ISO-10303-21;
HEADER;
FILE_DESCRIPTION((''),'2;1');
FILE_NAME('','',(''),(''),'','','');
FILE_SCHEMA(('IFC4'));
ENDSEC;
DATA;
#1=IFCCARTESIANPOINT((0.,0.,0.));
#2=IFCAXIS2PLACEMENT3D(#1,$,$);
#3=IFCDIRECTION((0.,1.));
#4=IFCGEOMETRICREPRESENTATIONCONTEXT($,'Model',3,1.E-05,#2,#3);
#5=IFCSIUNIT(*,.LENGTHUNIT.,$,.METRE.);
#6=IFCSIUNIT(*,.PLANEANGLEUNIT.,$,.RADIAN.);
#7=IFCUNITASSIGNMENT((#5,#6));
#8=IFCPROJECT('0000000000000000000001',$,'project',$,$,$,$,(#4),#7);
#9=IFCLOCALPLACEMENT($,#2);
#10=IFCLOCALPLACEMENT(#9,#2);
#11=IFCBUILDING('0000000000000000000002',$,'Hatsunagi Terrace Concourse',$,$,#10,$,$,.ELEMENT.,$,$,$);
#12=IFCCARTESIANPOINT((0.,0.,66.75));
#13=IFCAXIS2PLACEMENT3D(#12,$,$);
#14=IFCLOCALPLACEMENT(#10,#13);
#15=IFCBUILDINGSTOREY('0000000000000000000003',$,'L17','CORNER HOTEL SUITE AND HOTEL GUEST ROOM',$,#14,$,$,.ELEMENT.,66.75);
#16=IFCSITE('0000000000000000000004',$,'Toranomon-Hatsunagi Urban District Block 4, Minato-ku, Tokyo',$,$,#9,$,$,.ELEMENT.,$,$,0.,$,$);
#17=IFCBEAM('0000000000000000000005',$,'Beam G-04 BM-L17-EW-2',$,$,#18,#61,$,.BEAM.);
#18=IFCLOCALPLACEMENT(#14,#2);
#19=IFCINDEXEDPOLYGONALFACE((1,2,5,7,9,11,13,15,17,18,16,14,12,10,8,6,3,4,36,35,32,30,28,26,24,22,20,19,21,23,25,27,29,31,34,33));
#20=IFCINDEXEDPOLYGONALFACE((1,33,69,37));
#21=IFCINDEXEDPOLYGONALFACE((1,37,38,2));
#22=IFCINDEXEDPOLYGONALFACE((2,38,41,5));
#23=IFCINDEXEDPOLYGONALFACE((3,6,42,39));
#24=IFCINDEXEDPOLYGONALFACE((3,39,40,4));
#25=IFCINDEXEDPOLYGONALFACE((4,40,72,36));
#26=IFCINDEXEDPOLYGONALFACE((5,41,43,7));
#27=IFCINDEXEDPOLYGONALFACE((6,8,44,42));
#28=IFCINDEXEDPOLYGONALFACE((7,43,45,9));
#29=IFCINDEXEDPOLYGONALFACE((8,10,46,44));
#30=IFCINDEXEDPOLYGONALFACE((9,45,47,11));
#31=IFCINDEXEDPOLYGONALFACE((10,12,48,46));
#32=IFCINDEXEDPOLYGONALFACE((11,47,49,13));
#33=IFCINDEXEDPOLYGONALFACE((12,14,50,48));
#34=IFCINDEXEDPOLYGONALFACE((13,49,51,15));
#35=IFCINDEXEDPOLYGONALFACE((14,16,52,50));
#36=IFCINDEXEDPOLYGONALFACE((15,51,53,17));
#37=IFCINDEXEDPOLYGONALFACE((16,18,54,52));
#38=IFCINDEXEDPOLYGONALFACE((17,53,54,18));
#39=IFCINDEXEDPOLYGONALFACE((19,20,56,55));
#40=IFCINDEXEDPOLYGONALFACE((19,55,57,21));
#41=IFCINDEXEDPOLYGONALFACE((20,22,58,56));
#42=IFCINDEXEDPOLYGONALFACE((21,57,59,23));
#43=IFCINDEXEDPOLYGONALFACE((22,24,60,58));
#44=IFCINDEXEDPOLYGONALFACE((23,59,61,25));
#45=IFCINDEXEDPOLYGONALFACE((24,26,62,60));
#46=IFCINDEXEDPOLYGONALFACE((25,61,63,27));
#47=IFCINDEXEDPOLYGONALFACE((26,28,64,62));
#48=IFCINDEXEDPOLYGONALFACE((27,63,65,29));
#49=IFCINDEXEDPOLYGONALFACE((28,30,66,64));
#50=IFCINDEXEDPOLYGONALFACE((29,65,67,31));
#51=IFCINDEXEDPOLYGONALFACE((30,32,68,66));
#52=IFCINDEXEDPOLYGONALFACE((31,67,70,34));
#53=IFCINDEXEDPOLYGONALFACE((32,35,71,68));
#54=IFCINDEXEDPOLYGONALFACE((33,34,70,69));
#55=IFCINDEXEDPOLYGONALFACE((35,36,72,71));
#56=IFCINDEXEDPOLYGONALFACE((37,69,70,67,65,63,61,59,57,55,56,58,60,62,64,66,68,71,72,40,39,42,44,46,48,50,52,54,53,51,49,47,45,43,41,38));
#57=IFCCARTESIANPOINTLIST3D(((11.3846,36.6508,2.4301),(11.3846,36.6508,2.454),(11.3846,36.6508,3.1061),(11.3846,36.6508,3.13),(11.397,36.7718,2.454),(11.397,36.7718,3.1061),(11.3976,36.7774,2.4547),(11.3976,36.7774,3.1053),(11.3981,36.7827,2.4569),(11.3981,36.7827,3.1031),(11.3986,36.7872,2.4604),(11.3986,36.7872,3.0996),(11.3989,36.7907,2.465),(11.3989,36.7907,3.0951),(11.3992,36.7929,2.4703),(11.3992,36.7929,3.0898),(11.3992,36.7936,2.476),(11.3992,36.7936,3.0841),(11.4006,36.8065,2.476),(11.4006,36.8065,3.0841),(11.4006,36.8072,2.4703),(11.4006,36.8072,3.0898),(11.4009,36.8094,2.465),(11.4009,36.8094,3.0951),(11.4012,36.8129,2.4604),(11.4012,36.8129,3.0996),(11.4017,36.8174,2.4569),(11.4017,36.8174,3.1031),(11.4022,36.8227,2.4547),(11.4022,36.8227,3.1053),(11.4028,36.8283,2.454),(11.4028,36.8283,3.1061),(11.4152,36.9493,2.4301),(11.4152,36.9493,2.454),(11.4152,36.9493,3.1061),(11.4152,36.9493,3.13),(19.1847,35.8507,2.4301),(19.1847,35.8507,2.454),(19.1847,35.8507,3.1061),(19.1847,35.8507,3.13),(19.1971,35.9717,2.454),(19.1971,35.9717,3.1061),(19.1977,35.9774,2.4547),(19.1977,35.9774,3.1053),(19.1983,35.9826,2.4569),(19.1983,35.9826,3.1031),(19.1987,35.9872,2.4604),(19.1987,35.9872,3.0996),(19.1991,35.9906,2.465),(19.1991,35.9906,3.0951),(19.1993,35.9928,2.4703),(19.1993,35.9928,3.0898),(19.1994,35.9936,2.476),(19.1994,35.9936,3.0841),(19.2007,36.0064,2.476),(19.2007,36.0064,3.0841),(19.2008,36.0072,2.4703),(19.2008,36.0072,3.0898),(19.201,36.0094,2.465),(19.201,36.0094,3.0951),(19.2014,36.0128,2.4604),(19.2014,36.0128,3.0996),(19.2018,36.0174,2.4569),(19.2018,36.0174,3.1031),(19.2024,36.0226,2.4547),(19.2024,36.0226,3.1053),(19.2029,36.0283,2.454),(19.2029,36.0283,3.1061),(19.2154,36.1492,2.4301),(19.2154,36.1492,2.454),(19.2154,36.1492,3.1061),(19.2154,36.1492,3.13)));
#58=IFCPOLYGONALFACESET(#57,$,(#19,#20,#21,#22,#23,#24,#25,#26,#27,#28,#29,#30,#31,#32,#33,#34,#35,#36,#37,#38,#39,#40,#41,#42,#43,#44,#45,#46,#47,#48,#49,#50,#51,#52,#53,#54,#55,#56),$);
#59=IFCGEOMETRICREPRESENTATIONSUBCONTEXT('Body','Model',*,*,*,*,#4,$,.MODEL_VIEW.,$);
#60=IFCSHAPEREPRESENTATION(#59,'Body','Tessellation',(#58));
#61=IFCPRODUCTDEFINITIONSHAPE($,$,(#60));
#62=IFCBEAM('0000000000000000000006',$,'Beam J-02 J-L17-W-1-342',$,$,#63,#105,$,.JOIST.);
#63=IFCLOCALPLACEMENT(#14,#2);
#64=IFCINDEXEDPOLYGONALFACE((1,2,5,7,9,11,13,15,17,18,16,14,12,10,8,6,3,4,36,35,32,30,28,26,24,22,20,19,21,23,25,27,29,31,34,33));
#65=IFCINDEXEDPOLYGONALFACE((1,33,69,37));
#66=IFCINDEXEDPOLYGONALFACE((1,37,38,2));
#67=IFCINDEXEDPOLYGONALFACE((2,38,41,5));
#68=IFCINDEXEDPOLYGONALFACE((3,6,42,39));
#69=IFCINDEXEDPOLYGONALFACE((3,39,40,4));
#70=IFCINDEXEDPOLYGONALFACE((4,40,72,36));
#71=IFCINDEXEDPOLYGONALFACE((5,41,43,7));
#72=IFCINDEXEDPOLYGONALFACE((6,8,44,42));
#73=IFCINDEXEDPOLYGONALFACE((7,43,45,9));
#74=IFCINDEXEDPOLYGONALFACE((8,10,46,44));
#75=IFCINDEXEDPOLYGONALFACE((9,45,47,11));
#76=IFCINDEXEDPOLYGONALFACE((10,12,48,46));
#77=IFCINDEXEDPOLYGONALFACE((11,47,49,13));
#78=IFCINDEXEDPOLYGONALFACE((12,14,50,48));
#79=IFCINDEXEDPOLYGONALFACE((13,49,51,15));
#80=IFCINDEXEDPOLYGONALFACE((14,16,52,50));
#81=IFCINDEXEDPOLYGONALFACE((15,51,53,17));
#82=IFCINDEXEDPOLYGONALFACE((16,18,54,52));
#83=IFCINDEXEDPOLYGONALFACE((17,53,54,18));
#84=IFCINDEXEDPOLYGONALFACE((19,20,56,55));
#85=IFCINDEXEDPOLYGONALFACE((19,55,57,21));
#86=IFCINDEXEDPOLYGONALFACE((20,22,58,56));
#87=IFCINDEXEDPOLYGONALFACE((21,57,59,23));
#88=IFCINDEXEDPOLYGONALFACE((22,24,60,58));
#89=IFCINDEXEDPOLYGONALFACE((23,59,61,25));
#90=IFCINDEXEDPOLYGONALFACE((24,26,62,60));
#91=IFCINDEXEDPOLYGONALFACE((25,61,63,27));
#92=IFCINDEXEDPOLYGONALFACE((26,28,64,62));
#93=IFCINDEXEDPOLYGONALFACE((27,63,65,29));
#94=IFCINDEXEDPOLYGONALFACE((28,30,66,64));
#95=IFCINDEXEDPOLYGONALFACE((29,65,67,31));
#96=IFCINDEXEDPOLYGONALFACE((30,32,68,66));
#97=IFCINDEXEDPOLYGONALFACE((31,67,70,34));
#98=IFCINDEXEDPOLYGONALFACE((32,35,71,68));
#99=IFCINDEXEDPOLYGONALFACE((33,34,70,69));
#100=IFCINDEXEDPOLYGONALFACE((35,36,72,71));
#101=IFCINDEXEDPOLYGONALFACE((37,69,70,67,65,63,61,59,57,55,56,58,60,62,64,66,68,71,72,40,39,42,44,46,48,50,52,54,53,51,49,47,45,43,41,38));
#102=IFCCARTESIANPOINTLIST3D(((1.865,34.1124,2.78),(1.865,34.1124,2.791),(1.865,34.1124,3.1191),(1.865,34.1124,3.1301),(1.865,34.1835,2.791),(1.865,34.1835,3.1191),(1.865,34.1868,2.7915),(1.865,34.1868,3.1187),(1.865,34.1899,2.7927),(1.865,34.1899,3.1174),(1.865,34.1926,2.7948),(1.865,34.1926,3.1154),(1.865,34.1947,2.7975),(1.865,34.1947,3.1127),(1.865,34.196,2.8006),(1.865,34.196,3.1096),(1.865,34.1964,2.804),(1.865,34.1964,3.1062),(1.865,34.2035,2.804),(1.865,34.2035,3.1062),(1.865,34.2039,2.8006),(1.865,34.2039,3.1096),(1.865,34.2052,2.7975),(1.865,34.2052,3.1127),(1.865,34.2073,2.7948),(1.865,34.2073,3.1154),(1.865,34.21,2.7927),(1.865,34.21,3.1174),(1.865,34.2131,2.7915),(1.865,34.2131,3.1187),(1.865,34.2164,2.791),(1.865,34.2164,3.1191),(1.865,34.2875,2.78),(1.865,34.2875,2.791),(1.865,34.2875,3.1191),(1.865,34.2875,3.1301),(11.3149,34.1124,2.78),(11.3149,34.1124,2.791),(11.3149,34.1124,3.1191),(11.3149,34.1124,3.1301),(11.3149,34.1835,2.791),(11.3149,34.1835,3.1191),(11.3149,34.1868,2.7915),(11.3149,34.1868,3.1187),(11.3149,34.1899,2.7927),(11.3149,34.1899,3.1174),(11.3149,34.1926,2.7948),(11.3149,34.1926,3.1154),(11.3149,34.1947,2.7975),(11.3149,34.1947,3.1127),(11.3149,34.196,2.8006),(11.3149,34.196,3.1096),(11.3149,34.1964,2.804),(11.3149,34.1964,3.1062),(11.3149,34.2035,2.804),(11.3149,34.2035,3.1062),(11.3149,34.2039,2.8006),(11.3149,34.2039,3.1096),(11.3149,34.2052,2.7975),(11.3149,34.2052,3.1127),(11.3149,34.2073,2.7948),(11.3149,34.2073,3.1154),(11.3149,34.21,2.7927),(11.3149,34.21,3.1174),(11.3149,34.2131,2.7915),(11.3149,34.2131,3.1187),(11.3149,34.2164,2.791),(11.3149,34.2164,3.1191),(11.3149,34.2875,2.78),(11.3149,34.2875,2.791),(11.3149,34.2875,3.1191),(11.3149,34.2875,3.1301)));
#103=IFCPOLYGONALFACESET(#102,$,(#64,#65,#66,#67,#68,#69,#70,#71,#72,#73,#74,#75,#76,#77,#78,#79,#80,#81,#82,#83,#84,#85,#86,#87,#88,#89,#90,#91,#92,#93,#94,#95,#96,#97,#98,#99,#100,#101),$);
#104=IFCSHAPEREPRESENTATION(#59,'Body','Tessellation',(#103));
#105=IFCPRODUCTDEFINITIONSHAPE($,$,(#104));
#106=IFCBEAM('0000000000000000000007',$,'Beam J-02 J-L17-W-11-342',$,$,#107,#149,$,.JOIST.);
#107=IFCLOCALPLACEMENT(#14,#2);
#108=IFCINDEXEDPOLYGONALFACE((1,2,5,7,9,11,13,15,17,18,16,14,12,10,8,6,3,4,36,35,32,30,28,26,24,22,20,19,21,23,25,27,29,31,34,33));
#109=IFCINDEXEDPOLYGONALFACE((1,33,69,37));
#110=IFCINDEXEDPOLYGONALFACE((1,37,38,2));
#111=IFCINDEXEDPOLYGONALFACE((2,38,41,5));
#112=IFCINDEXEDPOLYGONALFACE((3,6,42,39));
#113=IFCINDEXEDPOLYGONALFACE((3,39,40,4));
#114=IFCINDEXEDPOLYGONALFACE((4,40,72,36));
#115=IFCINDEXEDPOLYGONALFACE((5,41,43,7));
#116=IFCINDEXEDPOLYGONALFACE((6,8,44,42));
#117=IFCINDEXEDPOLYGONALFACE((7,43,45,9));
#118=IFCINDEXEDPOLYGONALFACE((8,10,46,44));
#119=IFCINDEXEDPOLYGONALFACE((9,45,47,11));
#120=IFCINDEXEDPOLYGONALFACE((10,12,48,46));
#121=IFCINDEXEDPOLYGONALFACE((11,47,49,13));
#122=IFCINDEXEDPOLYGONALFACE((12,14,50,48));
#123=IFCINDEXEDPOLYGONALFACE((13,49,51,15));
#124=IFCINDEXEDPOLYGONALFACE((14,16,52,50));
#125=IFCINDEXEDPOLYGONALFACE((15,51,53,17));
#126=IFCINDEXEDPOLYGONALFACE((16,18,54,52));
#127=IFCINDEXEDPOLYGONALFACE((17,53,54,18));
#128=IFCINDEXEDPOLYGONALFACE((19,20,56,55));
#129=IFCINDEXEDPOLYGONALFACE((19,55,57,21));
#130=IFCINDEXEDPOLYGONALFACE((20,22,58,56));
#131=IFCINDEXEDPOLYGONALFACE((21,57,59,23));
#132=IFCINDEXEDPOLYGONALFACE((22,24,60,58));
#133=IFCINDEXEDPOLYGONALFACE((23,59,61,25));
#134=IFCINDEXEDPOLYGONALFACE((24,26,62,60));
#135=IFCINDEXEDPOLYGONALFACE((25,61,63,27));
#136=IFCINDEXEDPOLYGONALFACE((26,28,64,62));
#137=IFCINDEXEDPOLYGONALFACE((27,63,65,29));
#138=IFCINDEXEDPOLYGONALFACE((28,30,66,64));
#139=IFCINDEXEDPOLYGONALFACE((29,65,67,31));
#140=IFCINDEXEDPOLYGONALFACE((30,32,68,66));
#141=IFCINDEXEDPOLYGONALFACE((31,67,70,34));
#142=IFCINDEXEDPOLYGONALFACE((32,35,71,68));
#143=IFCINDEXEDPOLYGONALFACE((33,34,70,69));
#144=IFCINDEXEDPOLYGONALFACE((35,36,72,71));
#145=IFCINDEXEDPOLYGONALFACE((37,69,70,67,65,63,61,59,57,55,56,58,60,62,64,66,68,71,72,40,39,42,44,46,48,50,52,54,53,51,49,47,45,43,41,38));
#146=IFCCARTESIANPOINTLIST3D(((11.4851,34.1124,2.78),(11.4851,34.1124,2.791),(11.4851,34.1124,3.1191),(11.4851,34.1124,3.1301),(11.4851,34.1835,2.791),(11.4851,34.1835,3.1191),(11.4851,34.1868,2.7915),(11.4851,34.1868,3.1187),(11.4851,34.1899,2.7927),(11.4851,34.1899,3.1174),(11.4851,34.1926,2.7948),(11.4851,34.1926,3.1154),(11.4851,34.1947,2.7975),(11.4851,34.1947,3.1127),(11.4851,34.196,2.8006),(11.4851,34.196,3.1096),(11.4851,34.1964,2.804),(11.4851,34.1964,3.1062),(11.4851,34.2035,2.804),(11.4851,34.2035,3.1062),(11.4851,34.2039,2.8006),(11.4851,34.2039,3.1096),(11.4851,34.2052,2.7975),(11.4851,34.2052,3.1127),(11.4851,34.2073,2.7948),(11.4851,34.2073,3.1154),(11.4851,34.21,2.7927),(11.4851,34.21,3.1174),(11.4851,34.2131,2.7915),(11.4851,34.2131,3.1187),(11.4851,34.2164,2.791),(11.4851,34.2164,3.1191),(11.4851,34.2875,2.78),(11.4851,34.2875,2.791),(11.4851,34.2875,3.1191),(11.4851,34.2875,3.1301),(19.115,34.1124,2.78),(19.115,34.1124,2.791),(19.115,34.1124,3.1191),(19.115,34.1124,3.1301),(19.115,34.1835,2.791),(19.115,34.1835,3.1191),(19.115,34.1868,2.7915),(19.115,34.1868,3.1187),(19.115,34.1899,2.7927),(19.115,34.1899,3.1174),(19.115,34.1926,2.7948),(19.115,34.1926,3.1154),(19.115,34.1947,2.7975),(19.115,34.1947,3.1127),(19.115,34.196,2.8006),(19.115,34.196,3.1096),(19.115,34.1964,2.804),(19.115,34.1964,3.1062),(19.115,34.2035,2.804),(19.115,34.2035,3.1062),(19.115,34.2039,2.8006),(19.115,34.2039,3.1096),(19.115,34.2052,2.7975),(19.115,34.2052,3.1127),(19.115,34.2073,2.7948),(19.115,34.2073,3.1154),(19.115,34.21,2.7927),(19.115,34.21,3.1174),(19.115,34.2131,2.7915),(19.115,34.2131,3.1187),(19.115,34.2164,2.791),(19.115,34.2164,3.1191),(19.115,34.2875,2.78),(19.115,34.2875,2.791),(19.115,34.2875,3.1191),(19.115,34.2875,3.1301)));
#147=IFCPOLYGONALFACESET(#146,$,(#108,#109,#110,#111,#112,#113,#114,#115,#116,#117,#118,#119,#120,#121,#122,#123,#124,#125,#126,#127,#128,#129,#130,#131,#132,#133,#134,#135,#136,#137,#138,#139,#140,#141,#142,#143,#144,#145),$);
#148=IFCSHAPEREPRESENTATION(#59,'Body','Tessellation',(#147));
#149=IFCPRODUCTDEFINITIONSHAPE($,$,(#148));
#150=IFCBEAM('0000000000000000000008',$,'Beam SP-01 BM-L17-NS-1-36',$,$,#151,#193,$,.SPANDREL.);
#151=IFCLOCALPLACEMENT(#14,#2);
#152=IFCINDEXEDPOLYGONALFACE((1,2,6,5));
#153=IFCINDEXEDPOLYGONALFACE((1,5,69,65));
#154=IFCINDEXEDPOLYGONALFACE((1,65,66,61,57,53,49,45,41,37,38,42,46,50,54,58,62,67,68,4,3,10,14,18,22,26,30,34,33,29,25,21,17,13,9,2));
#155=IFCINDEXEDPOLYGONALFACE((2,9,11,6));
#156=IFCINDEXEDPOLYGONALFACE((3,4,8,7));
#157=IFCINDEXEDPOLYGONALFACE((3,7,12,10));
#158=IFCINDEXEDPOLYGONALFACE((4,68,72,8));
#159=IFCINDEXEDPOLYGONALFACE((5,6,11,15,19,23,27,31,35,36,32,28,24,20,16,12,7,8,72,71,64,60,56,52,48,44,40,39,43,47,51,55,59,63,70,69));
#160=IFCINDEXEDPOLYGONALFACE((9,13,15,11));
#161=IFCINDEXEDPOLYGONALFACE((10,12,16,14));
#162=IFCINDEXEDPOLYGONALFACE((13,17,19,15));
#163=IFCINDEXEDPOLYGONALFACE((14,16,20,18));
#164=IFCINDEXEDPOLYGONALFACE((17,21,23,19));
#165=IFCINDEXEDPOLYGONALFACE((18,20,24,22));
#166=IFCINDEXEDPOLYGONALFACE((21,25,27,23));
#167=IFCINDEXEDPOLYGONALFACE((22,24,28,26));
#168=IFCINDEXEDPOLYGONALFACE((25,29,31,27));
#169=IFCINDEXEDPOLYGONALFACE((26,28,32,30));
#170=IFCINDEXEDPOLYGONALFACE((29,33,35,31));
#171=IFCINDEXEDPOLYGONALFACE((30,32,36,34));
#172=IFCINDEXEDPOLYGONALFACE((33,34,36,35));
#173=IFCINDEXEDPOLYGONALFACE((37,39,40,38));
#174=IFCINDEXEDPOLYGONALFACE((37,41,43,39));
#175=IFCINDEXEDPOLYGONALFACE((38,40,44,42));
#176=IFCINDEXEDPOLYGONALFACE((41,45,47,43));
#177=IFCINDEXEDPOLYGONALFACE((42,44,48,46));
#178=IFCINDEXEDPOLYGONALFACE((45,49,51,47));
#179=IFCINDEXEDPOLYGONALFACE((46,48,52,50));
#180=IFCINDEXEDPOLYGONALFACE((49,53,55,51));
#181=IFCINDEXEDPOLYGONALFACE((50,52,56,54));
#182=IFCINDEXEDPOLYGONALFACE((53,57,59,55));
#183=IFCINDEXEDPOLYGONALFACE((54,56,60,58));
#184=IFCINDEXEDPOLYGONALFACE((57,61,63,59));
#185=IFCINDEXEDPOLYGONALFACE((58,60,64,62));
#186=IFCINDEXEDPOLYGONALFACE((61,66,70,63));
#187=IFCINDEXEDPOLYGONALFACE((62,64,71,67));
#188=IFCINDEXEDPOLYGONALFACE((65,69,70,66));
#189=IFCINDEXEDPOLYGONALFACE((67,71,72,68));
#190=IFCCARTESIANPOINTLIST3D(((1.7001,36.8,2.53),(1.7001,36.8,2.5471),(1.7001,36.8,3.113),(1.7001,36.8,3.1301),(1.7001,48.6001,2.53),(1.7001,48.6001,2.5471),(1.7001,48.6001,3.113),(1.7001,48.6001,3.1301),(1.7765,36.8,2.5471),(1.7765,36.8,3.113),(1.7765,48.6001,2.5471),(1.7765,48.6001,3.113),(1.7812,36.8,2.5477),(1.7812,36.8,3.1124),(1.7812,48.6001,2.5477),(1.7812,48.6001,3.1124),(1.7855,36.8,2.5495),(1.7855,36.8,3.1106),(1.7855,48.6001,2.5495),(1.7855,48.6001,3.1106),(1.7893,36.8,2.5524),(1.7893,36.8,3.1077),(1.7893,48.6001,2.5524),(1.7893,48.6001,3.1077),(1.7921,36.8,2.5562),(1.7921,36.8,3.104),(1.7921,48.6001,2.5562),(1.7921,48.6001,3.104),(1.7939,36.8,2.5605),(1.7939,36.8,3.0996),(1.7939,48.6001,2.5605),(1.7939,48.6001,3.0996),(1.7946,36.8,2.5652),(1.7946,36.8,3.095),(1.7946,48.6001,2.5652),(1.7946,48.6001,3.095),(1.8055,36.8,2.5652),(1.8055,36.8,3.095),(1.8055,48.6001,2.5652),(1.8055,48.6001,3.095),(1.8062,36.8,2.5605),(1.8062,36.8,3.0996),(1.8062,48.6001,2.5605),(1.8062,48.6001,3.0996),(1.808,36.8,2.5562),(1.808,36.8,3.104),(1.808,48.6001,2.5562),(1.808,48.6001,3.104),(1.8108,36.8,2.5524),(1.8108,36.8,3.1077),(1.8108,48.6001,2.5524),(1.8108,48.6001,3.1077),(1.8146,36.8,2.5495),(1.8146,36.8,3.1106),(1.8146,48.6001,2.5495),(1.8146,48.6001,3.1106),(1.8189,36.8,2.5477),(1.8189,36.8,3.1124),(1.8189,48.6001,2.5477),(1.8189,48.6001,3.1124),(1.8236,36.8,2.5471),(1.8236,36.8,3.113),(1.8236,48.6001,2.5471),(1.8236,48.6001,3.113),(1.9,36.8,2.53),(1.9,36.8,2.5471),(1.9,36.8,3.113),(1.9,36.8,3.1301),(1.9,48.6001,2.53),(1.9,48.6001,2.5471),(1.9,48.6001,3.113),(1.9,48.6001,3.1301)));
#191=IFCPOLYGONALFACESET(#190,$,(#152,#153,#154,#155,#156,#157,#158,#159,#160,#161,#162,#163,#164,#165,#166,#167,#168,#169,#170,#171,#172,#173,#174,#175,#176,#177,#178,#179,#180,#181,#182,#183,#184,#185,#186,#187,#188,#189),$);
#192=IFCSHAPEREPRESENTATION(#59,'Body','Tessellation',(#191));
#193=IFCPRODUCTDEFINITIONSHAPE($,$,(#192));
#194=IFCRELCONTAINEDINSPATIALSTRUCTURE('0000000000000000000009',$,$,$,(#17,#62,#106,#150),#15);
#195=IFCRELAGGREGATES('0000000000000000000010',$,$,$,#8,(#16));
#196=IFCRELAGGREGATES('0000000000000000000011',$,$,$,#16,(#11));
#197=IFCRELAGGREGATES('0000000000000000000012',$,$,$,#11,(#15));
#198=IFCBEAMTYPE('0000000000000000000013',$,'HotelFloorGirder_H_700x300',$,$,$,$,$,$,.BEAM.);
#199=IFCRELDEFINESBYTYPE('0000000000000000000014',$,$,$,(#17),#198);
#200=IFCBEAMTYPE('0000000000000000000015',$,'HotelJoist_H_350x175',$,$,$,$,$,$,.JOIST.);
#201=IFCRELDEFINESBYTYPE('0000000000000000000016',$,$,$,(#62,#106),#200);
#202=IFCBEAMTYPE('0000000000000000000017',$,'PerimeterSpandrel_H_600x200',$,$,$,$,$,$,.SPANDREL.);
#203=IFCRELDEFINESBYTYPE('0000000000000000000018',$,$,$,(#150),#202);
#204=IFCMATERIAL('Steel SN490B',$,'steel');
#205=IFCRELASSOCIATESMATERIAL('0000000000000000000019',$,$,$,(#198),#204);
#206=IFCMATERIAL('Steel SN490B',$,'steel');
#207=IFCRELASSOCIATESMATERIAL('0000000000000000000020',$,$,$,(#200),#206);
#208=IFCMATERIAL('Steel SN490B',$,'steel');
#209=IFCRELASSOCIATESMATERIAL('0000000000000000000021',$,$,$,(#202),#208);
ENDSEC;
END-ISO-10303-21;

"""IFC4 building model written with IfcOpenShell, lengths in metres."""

from ifc_helpers import new_model, si_unit, direction, frame, origin, origin_2d, place, context, subcontext, project, spatial, i_section, extrude, material, material_profile, profile_set, type_object, element, save


model = new_model("IFC4")

# Units and contexts
model_context = context("Model", 3, precision=1e-05, world=origin(), true_north=direction((0.0, 1.0)))
body_context = subcontext(model_context, "Body", "Model", "MODEL_VIEW")
ifc_project = project(units=[si_unit("LENGTHUNIT", "METRE"), si_unit("PLANEANGLEUNIT", "RADIAN")], contexts=[model_context])

# Site, building, storey
site_placement = place(None, origin())
site = spatial("IfcSite", under=ifc_project, at=site_placement, Name="Toranomon-Hatsunagi Urban District Block 4, Minato-ku, Tokyo", CompositionType="ELEMENT", RefElevation=0.0)
building_placement = place(site_placement, origin())
building = spatial("IfcBuilding", under=site, at=building_placement, Name="Hatsunagi Terrace Concourse", CompositionType="ELEMENT")
storey_placement = place(building_placement, frame((0.0, 0.0, 66.75)))
storey = spatial("IfcBuildingStorey", under=building, at=storey_placement, Name="L17", Description="CORNER HOTEL SUITE AND HOTEL GUEST ROOM", CompositionType="ELEMENT", Elevation=66.75)

# Beams
ifc_material_1 = material(Name="Steel SN490B", Category="steel")
ifc_material_profile_1 = material_profile(ifc_material_1, i_section(OverallWidth=0.3, OverallDepth=0.7, WebThickness=0.0129, FlangeThickness=0.0239, FilletRadius=0.022, at=origin_2d()), Name="H-700x300x13x24")
ifc_profile_set_1 = profile_set([ifc_material_profile_1], Name="Steel SN490B")
beam_type_1 = type_object("IfcBeamType", Name="HotelFloorGirder_H_700x300", PredefinedType="BEAM", material=ifc_profile_set_1)
beam_1_placement = place(storey_placement, frame((11.3999, 36.8, 2.78), z_axis=(0.994781, -0.102034, 0.0), x_axis=(0.102034, 0.994781, 0.0)))
element("IfcBeam", 1, at=beam_1_placement, inside=storey, type_object=beam_type_1, Name="Beam G-04 BM-L17-EW-2", PredefinedType="BEAM", context=body_context, shape_type="SweptSolid", body=[
    extrude(i_section(OverallWidth=0.3, OverallDepth=0.7, WebThickness=0.0129, FlangeThickness=0.0239, FilletRadius=0.022, at=origin_2d()), origin(), (0.0, 0.0, 1.0), 7.8411),
])
ifc_material_2 = material(Name="Steel SN490B", Category="steel")
ifc_material_profile_2 = material_profile(ifc_material_2, i_section(OverallWidth=0.175, OverallDepth=0.3501, WebThickness=0.0071, FlangeThickness=0.011, FilletRadius=0.0129, at=origin_2d()), Name="H-350x175x7x11")
ifc_profile_set_2 = profile_set([ifc_material_profile_2], Name="Steel SN490B")
beam_type_2 = type_object("IfcBeamType", Name="HotelJoist_H_350x175", PredefinedType="JOIST", material=ifc_profile_set_2)
beam_2_placement = place(storey_placement, frame((1.865, 34.2, 2.9551), z_axis=(1.0, 0.0, 0.0), x_axis=(0.0, 1.0, 0.0)))
element("IfcBeam", 2, at=beam_2_placement, inside=storey, type_object=beam_type_2, Name="Beam J-02 J-L17-W-1-342", PredefinedType="JOIST", context=body_context, shape_type="SweptSolid", body=[
    extrude(i_section(OverallWidth=0.175, OverallDepth=0.3501, WebThickness=0.0071, FlangeThickness=0.011, FilletRadius=0.0129, at=origin_2d()), origin(), (0.0, 0.0, 1.0), 9.45),
])
beam_3_placement = place(storey_placement, frame((11.4851, 34.2, 2.9551), z_axis=(1.0, 0.0, 0.0), x_axis=(0.0, 1.0, 0.0)))
element("IfcBeam", 3, at=beam_3_placement, inside=storey, type_object=beam_type_2, Name="Beam J-02 J-L17-W-11-342", PredefinedType="JOIST", context=body_context, shape_type="SweptSolid", body=[
    extrude(i_section(OverallWidth=0.175, OverallDepth=0.3501, WebThickness=0.0071, FlangeThickness=0.011, FilletRadius=0.0129, at=origin_2d()), origin(), (0.0, 0.0, 1.0), 7.6299),
])
ifc_material_3 = material(Name="Steel SN490B", Category="steel")
ifc_material_profile_3 = material_profile(ifc_material_3, i_section(OverallWidth=0.2, OverallDepth=0.6001, WebThickness=0.011, FlangeThickness=0.0171, FilletRadius=0.0181, at=origin_2d()), Name="H-600x200x11x17")
ifc_profile_set_3 = profile_set([ifc_material_profile_3], Name="Steel SN490B")
beam_type_3 = type_object("IfcBeamType", Name="PerimeterSpandrel_H_600x200", PredefinedType="SPANDREL", material=ifc_profile_set_3)
beam_4_placement = place(storey_placement, frame((1.8, 36.8, 2.8301), z_axis=(0.0, 1.0, 0.0), x_axis=(-1.0, 0.0, 0.0)))
element("IfcBeam", 4, at=beam_4_placement, inside=storey, type_object=beam_type_3, Name="Beam SP-01 BM-L17-NS-1-36", PredefinedType="SPANDREL", context=body_context, shape_type="SweptSolid", body=[
    extrude(i_section(OverallWidth=0.2, OverallDepth=0.6001, WebThickness=0.011, FlangeThickness=0.0171, FilletRadius=0.0181, at=origin_2d()), origin(), (0.0, 0.0, 1.0), 11.8),
])

save(model, "model.ifc")
